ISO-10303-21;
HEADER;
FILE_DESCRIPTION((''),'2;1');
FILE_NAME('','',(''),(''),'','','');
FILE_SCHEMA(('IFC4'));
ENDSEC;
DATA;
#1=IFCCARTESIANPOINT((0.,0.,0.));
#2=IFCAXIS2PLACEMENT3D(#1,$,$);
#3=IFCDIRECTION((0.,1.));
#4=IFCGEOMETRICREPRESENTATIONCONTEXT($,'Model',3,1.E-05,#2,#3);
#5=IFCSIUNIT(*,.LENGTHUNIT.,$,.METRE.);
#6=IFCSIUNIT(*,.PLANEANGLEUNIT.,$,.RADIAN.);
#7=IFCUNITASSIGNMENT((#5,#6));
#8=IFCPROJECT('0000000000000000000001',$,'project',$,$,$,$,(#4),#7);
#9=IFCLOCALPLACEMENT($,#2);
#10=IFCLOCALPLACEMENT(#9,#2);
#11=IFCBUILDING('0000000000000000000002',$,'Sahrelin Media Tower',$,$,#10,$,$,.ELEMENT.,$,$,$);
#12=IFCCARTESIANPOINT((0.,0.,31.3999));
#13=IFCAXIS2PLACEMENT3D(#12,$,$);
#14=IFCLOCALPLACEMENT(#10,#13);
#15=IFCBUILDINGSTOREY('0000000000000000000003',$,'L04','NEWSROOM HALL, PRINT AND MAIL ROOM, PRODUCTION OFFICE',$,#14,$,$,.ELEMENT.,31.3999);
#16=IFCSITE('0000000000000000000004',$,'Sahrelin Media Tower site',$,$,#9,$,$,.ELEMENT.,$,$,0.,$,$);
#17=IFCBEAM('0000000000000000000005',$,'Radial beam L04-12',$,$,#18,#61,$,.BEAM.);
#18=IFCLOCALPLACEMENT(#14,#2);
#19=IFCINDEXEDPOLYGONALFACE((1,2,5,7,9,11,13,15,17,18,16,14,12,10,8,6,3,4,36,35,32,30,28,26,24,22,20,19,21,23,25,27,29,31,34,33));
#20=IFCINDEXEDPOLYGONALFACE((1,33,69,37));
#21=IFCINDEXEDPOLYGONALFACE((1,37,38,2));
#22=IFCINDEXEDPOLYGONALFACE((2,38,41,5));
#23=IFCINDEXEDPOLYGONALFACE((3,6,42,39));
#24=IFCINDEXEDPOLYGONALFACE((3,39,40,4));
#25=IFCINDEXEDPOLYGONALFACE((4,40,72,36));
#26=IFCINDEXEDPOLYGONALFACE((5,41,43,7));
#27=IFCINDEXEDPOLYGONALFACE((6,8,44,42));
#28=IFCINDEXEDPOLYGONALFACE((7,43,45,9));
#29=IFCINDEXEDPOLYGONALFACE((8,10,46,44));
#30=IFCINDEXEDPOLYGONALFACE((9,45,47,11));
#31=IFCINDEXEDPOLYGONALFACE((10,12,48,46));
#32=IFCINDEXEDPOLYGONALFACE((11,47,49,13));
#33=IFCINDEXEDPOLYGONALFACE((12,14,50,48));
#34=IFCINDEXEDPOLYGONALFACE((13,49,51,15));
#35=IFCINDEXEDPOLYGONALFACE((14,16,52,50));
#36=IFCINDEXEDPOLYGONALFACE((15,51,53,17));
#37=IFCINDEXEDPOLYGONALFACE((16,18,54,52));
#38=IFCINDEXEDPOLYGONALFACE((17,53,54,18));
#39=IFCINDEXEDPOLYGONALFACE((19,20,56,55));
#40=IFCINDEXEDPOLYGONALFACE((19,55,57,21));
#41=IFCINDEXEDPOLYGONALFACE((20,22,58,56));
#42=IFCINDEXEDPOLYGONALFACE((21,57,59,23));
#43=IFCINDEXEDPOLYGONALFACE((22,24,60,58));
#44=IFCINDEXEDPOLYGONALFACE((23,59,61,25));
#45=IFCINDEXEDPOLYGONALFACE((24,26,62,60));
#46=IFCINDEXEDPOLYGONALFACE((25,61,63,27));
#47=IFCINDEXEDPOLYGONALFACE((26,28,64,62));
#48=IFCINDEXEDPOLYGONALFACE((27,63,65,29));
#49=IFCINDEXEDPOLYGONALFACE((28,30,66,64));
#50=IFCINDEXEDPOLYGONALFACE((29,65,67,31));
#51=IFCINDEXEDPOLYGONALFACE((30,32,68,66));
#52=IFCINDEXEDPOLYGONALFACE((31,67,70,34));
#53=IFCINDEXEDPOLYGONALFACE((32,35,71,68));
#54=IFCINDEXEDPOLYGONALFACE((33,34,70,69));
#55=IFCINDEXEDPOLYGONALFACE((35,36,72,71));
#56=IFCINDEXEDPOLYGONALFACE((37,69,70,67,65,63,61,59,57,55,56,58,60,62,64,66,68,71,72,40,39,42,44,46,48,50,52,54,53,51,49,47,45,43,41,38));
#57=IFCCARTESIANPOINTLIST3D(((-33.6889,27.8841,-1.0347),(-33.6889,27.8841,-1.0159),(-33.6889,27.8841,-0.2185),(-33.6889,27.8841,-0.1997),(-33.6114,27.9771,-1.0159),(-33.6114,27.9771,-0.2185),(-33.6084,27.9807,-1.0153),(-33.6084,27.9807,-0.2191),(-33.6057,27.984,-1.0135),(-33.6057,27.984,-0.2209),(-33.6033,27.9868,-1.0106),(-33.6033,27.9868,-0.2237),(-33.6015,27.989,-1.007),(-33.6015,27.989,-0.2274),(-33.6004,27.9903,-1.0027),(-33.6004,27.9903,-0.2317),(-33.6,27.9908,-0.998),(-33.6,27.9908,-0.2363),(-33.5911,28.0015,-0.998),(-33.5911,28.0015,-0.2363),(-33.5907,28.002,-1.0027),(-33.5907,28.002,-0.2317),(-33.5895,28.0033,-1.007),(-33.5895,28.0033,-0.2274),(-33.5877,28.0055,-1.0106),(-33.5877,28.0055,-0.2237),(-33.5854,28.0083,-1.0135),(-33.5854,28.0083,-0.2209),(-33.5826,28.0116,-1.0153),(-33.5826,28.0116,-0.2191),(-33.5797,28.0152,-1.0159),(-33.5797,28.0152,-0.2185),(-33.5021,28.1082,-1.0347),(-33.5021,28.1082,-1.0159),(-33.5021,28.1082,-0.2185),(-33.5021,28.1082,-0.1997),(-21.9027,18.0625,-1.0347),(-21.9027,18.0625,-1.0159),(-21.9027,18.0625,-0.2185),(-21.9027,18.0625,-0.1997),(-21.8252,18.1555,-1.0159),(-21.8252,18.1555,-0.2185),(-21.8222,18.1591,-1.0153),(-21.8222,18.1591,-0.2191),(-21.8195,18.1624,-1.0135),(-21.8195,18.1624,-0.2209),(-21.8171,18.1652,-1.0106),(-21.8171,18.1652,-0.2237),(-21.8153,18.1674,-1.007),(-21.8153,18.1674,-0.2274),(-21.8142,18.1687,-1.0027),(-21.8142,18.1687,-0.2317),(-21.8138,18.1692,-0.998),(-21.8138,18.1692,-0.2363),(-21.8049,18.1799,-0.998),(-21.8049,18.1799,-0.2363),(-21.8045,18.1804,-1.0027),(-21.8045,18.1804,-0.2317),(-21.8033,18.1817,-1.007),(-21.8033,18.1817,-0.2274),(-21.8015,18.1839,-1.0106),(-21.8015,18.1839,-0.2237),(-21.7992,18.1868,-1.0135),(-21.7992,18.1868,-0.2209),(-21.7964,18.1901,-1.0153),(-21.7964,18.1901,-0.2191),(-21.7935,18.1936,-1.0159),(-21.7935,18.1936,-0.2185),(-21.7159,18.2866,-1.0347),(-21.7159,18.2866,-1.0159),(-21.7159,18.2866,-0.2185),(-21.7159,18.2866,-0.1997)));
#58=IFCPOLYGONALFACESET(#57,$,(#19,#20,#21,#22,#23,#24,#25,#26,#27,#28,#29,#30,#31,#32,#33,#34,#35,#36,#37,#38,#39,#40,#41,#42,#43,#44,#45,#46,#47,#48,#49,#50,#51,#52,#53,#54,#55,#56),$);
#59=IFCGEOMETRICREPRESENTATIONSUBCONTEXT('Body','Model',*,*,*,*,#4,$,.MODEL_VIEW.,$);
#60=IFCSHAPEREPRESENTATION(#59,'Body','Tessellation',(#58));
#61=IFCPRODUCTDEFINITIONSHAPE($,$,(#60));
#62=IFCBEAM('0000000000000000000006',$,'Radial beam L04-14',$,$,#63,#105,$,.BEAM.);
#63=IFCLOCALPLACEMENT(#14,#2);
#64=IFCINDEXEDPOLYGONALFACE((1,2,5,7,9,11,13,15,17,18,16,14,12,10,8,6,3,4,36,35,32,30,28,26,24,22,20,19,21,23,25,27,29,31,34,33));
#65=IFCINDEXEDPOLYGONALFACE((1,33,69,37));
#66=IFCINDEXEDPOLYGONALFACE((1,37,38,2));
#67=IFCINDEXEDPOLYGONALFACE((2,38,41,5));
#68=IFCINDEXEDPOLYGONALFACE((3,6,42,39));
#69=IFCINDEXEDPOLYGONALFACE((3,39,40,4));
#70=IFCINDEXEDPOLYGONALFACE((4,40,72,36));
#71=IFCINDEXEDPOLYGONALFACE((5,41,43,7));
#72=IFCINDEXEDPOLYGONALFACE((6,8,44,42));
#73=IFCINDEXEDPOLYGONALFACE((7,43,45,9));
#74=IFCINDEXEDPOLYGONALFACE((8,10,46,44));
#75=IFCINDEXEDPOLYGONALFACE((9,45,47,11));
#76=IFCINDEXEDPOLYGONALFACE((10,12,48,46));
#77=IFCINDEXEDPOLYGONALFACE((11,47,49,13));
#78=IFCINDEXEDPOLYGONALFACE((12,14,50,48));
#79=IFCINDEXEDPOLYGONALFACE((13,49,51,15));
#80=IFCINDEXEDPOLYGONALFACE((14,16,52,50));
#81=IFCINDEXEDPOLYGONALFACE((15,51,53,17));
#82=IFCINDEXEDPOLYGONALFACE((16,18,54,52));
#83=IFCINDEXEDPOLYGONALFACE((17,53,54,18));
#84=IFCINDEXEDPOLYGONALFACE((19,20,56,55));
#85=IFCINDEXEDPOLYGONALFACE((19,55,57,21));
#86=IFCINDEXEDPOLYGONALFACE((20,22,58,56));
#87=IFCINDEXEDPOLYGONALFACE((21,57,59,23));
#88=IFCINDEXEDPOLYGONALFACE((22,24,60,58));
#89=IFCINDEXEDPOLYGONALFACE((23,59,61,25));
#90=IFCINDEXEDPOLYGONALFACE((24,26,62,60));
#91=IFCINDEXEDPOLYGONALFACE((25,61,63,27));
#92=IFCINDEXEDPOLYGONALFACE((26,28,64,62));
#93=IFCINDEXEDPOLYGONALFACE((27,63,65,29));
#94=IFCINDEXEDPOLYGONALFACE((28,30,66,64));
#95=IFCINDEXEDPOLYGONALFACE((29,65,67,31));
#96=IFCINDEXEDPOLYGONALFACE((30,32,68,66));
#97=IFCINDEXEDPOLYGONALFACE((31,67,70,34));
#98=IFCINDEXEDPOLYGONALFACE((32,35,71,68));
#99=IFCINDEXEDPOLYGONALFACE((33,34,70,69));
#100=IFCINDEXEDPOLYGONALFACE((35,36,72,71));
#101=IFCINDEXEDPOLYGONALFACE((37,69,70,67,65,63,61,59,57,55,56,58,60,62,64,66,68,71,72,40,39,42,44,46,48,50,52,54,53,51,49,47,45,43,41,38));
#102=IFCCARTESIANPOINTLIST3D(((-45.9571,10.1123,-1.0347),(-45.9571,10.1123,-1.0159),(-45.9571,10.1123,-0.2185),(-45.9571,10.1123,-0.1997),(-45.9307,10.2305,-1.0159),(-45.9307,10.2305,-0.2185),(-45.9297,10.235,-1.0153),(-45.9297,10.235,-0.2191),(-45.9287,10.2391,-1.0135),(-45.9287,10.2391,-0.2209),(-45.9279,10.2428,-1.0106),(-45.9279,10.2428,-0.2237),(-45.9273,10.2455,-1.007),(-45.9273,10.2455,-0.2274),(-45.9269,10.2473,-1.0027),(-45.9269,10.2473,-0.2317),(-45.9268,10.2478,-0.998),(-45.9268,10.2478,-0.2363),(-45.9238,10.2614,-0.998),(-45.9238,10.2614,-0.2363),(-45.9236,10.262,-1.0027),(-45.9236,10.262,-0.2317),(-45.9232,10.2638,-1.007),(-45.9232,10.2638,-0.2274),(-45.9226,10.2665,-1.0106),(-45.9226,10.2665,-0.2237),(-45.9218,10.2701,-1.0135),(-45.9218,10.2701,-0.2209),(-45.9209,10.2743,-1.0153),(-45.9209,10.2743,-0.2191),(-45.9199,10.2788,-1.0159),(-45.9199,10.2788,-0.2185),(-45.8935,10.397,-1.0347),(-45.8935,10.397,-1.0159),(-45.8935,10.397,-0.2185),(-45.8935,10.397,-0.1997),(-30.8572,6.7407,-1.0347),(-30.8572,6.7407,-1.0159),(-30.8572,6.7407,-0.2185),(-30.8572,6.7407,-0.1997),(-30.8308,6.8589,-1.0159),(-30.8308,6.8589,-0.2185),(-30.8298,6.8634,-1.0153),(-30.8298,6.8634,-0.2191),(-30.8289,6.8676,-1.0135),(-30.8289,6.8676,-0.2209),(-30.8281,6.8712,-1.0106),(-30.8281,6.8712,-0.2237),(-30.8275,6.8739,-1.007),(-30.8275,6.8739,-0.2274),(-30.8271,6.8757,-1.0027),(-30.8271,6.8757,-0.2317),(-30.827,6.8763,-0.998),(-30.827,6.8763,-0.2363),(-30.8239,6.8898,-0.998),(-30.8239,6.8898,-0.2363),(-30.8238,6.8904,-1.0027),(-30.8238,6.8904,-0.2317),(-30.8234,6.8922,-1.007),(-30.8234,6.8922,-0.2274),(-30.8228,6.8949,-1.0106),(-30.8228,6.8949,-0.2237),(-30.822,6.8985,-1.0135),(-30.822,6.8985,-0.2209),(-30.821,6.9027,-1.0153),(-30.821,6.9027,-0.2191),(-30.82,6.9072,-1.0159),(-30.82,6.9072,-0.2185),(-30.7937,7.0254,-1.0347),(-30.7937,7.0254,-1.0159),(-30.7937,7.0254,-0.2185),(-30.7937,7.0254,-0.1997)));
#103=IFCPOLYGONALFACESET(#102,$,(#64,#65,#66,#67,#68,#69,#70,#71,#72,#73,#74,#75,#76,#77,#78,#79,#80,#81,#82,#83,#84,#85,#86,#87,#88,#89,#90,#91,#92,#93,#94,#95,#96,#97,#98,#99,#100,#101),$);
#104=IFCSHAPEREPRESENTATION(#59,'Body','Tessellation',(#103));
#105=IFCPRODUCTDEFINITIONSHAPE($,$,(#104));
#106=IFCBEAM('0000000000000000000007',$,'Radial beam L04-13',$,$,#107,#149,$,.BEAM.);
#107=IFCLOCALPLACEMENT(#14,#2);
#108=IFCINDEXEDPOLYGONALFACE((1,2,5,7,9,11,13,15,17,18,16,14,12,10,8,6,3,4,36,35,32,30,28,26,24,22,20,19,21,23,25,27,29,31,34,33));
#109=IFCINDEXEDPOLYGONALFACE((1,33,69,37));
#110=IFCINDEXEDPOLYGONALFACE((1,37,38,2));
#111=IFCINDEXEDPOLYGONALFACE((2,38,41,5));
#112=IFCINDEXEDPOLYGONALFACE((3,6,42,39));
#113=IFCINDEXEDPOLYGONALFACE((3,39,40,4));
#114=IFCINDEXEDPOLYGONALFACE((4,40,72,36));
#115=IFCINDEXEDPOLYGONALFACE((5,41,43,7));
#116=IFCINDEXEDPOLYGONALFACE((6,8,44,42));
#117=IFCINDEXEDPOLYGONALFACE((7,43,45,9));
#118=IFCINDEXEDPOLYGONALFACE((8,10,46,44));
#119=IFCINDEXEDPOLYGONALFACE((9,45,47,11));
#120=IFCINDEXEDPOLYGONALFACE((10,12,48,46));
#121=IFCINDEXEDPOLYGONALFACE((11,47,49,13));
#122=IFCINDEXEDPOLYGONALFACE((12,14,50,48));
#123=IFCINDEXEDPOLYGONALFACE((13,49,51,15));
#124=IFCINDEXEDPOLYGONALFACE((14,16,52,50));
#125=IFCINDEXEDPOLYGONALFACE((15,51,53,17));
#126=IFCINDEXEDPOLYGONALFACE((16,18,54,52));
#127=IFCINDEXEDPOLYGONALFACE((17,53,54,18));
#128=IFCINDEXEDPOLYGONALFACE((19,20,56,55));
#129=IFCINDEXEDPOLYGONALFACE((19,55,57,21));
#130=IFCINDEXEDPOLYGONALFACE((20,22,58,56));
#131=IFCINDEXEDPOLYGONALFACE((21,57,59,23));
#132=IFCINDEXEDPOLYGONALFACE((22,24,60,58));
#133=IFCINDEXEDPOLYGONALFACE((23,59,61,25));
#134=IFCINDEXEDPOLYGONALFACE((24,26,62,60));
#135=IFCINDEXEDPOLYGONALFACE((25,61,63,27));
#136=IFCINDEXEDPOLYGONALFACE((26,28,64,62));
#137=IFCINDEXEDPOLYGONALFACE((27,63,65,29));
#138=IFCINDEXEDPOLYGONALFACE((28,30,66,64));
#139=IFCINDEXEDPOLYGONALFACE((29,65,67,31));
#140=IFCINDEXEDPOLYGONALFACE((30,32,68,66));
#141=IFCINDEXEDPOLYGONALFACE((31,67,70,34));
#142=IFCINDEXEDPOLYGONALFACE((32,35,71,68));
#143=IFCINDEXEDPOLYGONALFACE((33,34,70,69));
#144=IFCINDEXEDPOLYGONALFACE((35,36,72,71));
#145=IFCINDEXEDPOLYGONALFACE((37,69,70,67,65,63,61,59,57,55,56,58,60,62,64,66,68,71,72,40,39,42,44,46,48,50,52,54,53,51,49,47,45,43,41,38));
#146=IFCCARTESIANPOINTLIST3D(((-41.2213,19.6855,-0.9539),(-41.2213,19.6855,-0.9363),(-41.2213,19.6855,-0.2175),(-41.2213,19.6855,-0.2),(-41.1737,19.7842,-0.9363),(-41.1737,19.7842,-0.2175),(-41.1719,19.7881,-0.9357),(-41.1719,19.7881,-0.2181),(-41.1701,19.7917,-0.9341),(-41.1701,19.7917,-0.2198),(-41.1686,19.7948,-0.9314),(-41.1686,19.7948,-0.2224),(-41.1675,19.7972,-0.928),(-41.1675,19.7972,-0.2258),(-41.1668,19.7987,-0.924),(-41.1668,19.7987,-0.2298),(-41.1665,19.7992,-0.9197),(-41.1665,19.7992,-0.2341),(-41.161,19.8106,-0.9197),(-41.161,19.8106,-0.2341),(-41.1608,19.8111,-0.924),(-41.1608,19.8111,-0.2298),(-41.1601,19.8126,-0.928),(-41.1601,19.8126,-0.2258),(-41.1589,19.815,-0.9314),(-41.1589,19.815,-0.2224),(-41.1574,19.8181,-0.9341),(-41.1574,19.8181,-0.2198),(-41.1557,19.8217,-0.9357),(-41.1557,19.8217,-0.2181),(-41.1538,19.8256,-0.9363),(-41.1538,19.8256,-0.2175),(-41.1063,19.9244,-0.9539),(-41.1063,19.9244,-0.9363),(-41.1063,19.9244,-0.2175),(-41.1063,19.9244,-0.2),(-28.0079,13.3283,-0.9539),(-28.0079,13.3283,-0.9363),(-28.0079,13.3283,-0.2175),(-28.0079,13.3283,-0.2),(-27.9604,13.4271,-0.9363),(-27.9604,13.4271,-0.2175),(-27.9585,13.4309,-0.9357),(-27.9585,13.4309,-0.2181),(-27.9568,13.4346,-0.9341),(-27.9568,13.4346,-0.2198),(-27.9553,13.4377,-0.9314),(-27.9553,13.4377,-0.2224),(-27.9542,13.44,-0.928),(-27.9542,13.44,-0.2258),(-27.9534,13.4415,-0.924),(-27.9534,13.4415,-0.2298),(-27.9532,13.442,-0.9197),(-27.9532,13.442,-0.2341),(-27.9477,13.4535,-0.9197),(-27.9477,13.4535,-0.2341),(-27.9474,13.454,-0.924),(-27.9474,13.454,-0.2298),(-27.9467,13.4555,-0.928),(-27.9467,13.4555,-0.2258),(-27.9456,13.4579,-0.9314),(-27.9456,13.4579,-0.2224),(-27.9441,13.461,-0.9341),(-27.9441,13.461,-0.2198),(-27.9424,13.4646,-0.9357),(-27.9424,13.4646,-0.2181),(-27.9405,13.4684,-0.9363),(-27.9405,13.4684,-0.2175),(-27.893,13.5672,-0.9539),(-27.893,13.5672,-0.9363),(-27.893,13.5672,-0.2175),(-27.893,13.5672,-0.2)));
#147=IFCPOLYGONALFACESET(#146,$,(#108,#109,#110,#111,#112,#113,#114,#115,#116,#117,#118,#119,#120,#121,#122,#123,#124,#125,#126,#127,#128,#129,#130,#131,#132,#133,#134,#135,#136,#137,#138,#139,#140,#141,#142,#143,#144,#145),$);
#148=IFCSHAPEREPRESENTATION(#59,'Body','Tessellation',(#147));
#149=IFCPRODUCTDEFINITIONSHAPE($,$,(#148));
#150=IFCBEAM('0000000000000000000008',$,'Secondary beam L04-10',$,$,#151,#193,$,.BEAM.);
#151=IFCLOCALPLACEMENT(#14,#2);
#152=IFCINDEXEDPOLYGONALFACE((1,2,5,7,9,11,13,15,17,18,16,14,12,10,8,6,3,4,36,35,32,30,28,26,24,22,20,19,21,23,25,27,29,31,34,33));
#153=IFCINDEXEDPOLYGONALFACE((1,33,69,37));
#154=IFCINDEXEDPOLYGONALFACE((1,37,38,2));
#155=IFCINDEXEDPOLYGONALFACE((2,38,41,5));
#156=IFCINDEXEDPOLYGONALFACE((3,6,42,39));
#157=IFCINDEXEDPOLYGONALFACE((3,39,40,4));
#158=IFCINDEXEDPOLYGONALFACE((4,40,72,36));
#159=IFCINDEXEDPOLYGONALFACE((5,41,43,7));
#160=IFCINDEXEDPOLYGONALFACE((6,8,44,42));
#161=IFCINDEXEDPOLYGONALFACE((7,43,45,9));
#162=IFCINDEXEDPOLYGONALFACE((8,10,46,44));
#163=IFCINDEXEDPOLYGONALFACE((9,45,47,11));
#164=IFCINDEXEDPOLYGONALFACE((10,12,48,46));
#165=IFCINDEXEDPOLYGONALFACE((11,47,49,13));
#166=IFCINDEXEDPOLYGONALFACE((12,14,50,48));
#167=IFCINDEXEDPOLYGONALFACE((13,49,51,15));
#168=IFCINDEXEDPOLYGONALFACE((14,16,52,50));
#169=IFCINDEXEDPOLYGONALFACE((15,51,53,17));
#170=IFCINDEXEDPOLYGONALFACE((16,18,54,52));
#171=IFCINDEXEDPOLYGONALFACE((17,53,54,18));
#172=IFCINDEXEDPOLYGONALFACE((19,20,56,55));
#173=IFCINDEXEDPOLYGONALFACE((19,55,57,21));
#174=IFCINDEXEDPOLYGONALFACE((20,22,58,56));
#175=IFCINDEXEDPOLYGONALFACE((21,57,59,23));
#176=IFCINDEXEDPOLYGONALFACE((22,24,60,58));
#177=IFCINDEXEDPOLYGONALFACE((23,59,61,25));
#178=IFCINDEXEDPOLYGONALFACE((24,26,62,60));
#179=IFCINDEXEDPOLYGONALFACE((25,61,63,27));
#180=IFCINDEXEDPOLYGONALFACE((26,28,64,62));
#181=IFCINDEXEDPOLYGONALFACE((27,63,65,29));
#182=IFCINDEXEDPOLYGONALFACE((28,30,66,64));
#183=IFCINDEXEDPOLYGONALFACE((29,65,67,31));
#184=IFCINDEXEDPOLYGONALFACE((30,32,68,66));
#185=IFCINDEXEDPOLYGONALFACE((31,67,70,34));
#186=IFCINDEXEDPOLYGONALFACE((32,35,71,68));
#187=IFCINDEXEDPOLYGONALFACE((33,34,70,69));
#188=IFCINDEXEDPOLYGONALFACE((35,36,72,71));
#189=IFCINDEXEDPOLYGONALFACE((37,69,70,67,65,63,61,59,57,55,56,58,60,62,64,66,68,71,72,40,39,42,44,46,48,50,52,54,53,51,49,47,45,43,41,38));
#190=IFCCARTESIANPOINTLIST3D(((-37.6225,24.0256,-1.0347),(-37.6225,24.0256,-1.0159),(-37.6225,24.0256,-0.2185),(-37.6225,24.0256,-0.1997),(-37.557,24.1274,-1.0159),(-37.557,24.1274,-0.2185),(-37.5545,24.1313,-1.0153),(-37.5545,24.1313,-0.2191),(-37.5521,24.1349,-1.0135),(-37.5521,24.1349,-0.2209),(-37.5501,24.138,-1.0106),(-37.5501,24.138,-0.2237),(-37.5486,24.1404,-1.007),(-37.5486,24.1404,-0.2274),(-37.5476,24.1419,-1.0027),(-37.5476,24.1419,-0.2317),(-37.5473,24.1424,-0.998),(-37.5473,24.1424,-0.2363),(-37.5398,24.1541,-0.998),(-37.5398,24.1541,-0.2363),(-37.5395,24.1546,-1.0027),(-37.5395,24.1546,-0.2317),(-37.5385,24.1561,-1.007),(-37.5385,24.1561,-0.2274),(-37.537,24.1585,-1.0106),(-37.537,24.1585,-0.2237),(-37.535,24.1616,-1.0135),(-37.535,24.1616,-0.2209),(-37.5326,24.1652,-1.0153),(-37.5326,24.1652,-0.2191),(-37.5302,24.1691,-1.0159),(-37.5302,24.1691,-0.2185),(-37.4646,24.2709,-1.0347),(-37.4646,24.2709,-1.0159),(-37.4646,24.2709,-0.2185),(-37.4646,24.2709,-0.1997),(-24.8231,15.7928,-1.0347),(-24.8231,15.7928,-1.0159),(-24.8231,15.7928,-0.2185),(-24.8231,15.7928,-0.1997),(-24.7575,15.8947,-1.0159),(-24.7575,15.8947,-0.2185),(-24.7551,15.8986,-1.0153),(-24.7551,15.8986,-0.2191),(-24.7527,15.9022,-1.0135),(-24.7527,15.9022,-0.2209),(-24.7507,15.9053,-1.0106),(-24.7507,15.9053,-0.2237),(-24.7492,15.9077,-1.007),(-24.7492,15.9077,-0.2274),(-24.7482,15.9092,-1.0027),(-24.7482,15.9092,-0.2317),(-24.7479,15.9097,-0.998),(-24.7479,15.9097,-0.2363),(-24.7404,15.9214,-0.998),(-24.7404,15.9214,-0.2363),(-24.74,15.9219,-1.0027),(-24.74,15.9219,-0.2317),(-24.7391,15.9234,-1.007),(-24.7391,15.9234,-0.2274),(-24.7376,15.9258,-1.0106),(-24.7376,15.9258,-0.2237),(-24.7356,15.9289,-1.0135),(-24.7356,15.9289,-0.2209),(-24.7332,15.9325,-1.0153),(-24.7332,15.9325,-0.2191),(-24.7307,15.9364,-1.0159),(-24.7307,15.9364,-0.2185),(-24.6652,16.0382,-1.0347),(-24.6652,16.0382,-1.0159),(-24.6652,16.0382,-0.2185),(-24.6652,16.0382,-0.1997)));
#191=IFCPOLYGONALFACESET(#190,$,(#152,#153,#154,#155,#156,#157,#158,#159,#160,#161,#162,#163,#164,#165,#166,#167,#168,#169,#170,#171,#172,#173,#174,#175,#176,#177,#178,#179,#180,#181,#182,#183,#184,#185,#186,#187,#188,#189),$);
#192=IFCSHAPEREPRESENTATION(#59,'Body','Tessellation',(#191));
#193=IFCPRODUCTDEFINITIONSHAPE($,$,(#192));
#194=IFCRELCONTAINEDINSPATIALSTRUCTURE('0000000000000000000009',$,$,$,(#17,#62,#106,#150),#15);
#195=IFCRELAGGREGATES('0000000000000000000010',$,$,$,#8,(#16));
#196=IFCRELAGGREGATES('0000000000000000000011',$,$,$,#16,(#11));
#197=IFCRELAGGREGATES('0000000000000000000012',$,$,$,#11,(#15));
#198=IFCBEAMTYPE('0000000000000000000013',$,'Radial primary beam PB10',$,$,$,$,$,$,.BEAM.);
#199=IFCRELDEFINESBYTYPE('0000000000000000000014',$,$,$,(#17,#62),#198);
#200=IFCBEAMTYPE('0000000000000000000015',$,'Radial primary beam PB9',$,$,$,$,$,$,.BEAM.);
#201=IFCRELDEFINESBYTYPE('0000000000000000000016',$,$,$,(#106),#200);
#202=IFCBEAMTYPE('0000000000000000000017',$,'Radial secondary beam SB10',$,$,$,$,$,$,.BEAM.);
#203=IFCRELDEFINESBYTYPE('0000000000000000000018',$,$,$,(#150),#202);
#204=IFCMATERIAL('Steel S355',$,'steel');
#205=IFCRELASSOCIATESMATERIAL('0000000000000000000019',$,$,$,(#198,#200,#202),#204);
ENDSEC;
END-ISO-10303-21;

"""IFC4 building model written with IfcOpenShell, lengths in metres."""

from ifc_helpers import new_model, si_unit, direction, frame, origin, origin_2d, place, context, subcontext, project, spatial, i_section, extrude, material, material_profile, profile_set, type_object, element, save


model = new_model("IFC4")

# Units and contexts
model_context = context("Model", 3, precision=1e-05, world=origin(), true_north=direction((0.0, 1.0)))
body_context = subcontext(model_context, "Body", "Model", "MODEL_VIEW")
ifc_project = project(units=[si_unit("LENGTHUNIT", "METRE"), si_unit("PLANEANGLEUNIT", "RADIAN")], contexts=[model_context])

# Site, building, storey
site_placement = place(None, origin())
site = spatial("IfcSite", under=ifc_project, at=site_placement, Name="Sahrelin Media Tower site", CompositionType="ELEMENT", RefElevation=0.0)
building_placement = place(site_placement, origin())
building = spatial("IfcBuilding", under=site, at=building_placement, Name="Sahrelin Media Tower", CompositionType="ELEMENT")
storey_placement = place(building_placement, frame((0.0, 0.0, 31.3999)))
storey = spatial("IfcBuildingStorey", under=building, at=storey_placement, Name="L04", Description="NEWSROOM HALL, PRINT AND MAIL ROOM, PRODUCTION OFFICE", CompositionType="ELEMENT", Elevation=31.3999)

# Beams
ifc_material_1 = material(Name="Steel S355", Category="steel")
ifc_material_profile_1 = material_profile(ifc_material_1, i_section(OverallWidth=0.2917, OverallDepth=0.835, WebThickness=0.0139, FlangeThickness=0.0188, FilletRadius=0.0178, at=origin_2d()), Name="UB 838x292x176")
ifc_profile_set_1 = profile_set([ifc_material_profile_1], Name="Steel S355")
beam_type_1 = type_object("IfcBeamType", Name="Radial primary beam PB10", PredefinedType="BEAM", material=ifc_profile_set_1)
beam_1_placement = place(storey_placement, frame((-21.8093, 18.1746, -0.6172), z_axis=(-0.768229, 0.640175, 0.0), x_axis=(-0.640175, -0.768229, 0.0)))
element("IfcBeam", 1, at=beam_1_placement, inside=storey, type_object=beam_type_1, Name="Radial beam L04-12", PredefinedType="BEAM", context=body_context, shape_type="SweptSolid", body=[
    extrude(i_section(OverallWidth=0.2917, OverallDepth=0.835, WebThickness=0.0139, FlangeThickness=0.0188, FilletRadius=0.0178, at=origin_2d()), origin(), (0.0, 0.0, 1.0), 15.342),
])
beam_2_placement = place(storey_placement, frame((-30.8254, 6.8831, -0.6172), z_axis=(-0.975967, 0.217919, 0.0), x_axis=(-0.217919, -0.975967, 0.0)))
element("IfcBeam", 2, at=beam_2_placement, inside=storey, type_object=beam_type_1, Name="Radial beam L04-14", PredefinedType="BEAM", context=body_context, shape_type="SweptSolid", body=[
    extrude(i_section(OverallWidth=0.2917, OverallDepth=0.835, WebThickness=0.0139, FlangeThickness=0.0188, FilletRadius=0.0178, at=origin_2d()), origin(), (0.0, 0.0, 1.0), 15.4717),
])
ifc_material_profile_2 = material_profile(ifc_material_1, i_section(OverallWidth=0.2651, OverallDepth=0.7539, WebThickness=0.0127, FlangeThickness=0.0176, FilletRadius=0.0166, at=origin_2d()), Name="UB 762x267x147")
ifc_profile_set_2 = profile_set([ifc_material_profile_2], Name="Steel S355")
beam_type_2 = type_object("IfcBeamType", Name="Radial primary beam PB9", PredefinedType="BEAM", material=ifc_profile_set_2)
beam_3_placement = place(storey_placement, frame((-27.9504, 13.4478, -0.5769), z_axis=(-0.90113, 0.433549, 0.0), x_axis=(-0.433549, -0.90113, 0.0)))
element("IfcBeam", 3, at=beam_3_placement, inside=storey, type_object=beam_type_2, Name="Radial beam L04-13", PredefinedType="BEAM", context=body_context, shape_type="SweptSolid", body=[
    extrude(i_section(OverallWidth=0.2651, OverallDepth=0.7539, WebThickness=0.0127, FlangeThickness=0.0176, FilletRadius=0.0166, at=origin_2d()), origin(), (0.0, 0.0, 1.0), 14.6631),
])
ifc_material_profile_3 = material_profile(ifc_material_1, i_section(OverallWidth=0.2917, OverallDepth=0.835, WebThickness=0.0139, FlangeThickness=0.0188, FilletRadius=0.0178, at=origin_2d()), Name="UB 838x292x176")
ifc_profile_set_3 = profile_set([ifc_material_profile_3], Name="Steel S355")
beam_type_3 = type_object("IfcBeamType", Name="Radial secondary beam SB10", PredefinedType="BEAM", material=ifc_profile_set_3)
beam_4_placement = place(storey_placement, frame((-24.7441, 15.9155, -0.6172), z_axis=(-0.841043, 0.540968, 0.0), x_axis=(-0.540968, -0.841043, 0.0)))
element("IfcBeam", 4, at=beam_4_placement, inside=storey, type_object=beam_type_3, Name="Secondary beam L04-10", PredefinedType="BEAM", context=body_context, shape_type="SweptSolid", body=[
    extrude(i_section(OverallWidth=0.2917, OverallDepth=0.835, WebThickness=0.0139, FlangeThickness=0.0188, FilletRadius=0.0178, at=origin_2d()), origin(), (0.0, 0.0, 1.0), 15.2185),
])

save(model, "model.ifc")
